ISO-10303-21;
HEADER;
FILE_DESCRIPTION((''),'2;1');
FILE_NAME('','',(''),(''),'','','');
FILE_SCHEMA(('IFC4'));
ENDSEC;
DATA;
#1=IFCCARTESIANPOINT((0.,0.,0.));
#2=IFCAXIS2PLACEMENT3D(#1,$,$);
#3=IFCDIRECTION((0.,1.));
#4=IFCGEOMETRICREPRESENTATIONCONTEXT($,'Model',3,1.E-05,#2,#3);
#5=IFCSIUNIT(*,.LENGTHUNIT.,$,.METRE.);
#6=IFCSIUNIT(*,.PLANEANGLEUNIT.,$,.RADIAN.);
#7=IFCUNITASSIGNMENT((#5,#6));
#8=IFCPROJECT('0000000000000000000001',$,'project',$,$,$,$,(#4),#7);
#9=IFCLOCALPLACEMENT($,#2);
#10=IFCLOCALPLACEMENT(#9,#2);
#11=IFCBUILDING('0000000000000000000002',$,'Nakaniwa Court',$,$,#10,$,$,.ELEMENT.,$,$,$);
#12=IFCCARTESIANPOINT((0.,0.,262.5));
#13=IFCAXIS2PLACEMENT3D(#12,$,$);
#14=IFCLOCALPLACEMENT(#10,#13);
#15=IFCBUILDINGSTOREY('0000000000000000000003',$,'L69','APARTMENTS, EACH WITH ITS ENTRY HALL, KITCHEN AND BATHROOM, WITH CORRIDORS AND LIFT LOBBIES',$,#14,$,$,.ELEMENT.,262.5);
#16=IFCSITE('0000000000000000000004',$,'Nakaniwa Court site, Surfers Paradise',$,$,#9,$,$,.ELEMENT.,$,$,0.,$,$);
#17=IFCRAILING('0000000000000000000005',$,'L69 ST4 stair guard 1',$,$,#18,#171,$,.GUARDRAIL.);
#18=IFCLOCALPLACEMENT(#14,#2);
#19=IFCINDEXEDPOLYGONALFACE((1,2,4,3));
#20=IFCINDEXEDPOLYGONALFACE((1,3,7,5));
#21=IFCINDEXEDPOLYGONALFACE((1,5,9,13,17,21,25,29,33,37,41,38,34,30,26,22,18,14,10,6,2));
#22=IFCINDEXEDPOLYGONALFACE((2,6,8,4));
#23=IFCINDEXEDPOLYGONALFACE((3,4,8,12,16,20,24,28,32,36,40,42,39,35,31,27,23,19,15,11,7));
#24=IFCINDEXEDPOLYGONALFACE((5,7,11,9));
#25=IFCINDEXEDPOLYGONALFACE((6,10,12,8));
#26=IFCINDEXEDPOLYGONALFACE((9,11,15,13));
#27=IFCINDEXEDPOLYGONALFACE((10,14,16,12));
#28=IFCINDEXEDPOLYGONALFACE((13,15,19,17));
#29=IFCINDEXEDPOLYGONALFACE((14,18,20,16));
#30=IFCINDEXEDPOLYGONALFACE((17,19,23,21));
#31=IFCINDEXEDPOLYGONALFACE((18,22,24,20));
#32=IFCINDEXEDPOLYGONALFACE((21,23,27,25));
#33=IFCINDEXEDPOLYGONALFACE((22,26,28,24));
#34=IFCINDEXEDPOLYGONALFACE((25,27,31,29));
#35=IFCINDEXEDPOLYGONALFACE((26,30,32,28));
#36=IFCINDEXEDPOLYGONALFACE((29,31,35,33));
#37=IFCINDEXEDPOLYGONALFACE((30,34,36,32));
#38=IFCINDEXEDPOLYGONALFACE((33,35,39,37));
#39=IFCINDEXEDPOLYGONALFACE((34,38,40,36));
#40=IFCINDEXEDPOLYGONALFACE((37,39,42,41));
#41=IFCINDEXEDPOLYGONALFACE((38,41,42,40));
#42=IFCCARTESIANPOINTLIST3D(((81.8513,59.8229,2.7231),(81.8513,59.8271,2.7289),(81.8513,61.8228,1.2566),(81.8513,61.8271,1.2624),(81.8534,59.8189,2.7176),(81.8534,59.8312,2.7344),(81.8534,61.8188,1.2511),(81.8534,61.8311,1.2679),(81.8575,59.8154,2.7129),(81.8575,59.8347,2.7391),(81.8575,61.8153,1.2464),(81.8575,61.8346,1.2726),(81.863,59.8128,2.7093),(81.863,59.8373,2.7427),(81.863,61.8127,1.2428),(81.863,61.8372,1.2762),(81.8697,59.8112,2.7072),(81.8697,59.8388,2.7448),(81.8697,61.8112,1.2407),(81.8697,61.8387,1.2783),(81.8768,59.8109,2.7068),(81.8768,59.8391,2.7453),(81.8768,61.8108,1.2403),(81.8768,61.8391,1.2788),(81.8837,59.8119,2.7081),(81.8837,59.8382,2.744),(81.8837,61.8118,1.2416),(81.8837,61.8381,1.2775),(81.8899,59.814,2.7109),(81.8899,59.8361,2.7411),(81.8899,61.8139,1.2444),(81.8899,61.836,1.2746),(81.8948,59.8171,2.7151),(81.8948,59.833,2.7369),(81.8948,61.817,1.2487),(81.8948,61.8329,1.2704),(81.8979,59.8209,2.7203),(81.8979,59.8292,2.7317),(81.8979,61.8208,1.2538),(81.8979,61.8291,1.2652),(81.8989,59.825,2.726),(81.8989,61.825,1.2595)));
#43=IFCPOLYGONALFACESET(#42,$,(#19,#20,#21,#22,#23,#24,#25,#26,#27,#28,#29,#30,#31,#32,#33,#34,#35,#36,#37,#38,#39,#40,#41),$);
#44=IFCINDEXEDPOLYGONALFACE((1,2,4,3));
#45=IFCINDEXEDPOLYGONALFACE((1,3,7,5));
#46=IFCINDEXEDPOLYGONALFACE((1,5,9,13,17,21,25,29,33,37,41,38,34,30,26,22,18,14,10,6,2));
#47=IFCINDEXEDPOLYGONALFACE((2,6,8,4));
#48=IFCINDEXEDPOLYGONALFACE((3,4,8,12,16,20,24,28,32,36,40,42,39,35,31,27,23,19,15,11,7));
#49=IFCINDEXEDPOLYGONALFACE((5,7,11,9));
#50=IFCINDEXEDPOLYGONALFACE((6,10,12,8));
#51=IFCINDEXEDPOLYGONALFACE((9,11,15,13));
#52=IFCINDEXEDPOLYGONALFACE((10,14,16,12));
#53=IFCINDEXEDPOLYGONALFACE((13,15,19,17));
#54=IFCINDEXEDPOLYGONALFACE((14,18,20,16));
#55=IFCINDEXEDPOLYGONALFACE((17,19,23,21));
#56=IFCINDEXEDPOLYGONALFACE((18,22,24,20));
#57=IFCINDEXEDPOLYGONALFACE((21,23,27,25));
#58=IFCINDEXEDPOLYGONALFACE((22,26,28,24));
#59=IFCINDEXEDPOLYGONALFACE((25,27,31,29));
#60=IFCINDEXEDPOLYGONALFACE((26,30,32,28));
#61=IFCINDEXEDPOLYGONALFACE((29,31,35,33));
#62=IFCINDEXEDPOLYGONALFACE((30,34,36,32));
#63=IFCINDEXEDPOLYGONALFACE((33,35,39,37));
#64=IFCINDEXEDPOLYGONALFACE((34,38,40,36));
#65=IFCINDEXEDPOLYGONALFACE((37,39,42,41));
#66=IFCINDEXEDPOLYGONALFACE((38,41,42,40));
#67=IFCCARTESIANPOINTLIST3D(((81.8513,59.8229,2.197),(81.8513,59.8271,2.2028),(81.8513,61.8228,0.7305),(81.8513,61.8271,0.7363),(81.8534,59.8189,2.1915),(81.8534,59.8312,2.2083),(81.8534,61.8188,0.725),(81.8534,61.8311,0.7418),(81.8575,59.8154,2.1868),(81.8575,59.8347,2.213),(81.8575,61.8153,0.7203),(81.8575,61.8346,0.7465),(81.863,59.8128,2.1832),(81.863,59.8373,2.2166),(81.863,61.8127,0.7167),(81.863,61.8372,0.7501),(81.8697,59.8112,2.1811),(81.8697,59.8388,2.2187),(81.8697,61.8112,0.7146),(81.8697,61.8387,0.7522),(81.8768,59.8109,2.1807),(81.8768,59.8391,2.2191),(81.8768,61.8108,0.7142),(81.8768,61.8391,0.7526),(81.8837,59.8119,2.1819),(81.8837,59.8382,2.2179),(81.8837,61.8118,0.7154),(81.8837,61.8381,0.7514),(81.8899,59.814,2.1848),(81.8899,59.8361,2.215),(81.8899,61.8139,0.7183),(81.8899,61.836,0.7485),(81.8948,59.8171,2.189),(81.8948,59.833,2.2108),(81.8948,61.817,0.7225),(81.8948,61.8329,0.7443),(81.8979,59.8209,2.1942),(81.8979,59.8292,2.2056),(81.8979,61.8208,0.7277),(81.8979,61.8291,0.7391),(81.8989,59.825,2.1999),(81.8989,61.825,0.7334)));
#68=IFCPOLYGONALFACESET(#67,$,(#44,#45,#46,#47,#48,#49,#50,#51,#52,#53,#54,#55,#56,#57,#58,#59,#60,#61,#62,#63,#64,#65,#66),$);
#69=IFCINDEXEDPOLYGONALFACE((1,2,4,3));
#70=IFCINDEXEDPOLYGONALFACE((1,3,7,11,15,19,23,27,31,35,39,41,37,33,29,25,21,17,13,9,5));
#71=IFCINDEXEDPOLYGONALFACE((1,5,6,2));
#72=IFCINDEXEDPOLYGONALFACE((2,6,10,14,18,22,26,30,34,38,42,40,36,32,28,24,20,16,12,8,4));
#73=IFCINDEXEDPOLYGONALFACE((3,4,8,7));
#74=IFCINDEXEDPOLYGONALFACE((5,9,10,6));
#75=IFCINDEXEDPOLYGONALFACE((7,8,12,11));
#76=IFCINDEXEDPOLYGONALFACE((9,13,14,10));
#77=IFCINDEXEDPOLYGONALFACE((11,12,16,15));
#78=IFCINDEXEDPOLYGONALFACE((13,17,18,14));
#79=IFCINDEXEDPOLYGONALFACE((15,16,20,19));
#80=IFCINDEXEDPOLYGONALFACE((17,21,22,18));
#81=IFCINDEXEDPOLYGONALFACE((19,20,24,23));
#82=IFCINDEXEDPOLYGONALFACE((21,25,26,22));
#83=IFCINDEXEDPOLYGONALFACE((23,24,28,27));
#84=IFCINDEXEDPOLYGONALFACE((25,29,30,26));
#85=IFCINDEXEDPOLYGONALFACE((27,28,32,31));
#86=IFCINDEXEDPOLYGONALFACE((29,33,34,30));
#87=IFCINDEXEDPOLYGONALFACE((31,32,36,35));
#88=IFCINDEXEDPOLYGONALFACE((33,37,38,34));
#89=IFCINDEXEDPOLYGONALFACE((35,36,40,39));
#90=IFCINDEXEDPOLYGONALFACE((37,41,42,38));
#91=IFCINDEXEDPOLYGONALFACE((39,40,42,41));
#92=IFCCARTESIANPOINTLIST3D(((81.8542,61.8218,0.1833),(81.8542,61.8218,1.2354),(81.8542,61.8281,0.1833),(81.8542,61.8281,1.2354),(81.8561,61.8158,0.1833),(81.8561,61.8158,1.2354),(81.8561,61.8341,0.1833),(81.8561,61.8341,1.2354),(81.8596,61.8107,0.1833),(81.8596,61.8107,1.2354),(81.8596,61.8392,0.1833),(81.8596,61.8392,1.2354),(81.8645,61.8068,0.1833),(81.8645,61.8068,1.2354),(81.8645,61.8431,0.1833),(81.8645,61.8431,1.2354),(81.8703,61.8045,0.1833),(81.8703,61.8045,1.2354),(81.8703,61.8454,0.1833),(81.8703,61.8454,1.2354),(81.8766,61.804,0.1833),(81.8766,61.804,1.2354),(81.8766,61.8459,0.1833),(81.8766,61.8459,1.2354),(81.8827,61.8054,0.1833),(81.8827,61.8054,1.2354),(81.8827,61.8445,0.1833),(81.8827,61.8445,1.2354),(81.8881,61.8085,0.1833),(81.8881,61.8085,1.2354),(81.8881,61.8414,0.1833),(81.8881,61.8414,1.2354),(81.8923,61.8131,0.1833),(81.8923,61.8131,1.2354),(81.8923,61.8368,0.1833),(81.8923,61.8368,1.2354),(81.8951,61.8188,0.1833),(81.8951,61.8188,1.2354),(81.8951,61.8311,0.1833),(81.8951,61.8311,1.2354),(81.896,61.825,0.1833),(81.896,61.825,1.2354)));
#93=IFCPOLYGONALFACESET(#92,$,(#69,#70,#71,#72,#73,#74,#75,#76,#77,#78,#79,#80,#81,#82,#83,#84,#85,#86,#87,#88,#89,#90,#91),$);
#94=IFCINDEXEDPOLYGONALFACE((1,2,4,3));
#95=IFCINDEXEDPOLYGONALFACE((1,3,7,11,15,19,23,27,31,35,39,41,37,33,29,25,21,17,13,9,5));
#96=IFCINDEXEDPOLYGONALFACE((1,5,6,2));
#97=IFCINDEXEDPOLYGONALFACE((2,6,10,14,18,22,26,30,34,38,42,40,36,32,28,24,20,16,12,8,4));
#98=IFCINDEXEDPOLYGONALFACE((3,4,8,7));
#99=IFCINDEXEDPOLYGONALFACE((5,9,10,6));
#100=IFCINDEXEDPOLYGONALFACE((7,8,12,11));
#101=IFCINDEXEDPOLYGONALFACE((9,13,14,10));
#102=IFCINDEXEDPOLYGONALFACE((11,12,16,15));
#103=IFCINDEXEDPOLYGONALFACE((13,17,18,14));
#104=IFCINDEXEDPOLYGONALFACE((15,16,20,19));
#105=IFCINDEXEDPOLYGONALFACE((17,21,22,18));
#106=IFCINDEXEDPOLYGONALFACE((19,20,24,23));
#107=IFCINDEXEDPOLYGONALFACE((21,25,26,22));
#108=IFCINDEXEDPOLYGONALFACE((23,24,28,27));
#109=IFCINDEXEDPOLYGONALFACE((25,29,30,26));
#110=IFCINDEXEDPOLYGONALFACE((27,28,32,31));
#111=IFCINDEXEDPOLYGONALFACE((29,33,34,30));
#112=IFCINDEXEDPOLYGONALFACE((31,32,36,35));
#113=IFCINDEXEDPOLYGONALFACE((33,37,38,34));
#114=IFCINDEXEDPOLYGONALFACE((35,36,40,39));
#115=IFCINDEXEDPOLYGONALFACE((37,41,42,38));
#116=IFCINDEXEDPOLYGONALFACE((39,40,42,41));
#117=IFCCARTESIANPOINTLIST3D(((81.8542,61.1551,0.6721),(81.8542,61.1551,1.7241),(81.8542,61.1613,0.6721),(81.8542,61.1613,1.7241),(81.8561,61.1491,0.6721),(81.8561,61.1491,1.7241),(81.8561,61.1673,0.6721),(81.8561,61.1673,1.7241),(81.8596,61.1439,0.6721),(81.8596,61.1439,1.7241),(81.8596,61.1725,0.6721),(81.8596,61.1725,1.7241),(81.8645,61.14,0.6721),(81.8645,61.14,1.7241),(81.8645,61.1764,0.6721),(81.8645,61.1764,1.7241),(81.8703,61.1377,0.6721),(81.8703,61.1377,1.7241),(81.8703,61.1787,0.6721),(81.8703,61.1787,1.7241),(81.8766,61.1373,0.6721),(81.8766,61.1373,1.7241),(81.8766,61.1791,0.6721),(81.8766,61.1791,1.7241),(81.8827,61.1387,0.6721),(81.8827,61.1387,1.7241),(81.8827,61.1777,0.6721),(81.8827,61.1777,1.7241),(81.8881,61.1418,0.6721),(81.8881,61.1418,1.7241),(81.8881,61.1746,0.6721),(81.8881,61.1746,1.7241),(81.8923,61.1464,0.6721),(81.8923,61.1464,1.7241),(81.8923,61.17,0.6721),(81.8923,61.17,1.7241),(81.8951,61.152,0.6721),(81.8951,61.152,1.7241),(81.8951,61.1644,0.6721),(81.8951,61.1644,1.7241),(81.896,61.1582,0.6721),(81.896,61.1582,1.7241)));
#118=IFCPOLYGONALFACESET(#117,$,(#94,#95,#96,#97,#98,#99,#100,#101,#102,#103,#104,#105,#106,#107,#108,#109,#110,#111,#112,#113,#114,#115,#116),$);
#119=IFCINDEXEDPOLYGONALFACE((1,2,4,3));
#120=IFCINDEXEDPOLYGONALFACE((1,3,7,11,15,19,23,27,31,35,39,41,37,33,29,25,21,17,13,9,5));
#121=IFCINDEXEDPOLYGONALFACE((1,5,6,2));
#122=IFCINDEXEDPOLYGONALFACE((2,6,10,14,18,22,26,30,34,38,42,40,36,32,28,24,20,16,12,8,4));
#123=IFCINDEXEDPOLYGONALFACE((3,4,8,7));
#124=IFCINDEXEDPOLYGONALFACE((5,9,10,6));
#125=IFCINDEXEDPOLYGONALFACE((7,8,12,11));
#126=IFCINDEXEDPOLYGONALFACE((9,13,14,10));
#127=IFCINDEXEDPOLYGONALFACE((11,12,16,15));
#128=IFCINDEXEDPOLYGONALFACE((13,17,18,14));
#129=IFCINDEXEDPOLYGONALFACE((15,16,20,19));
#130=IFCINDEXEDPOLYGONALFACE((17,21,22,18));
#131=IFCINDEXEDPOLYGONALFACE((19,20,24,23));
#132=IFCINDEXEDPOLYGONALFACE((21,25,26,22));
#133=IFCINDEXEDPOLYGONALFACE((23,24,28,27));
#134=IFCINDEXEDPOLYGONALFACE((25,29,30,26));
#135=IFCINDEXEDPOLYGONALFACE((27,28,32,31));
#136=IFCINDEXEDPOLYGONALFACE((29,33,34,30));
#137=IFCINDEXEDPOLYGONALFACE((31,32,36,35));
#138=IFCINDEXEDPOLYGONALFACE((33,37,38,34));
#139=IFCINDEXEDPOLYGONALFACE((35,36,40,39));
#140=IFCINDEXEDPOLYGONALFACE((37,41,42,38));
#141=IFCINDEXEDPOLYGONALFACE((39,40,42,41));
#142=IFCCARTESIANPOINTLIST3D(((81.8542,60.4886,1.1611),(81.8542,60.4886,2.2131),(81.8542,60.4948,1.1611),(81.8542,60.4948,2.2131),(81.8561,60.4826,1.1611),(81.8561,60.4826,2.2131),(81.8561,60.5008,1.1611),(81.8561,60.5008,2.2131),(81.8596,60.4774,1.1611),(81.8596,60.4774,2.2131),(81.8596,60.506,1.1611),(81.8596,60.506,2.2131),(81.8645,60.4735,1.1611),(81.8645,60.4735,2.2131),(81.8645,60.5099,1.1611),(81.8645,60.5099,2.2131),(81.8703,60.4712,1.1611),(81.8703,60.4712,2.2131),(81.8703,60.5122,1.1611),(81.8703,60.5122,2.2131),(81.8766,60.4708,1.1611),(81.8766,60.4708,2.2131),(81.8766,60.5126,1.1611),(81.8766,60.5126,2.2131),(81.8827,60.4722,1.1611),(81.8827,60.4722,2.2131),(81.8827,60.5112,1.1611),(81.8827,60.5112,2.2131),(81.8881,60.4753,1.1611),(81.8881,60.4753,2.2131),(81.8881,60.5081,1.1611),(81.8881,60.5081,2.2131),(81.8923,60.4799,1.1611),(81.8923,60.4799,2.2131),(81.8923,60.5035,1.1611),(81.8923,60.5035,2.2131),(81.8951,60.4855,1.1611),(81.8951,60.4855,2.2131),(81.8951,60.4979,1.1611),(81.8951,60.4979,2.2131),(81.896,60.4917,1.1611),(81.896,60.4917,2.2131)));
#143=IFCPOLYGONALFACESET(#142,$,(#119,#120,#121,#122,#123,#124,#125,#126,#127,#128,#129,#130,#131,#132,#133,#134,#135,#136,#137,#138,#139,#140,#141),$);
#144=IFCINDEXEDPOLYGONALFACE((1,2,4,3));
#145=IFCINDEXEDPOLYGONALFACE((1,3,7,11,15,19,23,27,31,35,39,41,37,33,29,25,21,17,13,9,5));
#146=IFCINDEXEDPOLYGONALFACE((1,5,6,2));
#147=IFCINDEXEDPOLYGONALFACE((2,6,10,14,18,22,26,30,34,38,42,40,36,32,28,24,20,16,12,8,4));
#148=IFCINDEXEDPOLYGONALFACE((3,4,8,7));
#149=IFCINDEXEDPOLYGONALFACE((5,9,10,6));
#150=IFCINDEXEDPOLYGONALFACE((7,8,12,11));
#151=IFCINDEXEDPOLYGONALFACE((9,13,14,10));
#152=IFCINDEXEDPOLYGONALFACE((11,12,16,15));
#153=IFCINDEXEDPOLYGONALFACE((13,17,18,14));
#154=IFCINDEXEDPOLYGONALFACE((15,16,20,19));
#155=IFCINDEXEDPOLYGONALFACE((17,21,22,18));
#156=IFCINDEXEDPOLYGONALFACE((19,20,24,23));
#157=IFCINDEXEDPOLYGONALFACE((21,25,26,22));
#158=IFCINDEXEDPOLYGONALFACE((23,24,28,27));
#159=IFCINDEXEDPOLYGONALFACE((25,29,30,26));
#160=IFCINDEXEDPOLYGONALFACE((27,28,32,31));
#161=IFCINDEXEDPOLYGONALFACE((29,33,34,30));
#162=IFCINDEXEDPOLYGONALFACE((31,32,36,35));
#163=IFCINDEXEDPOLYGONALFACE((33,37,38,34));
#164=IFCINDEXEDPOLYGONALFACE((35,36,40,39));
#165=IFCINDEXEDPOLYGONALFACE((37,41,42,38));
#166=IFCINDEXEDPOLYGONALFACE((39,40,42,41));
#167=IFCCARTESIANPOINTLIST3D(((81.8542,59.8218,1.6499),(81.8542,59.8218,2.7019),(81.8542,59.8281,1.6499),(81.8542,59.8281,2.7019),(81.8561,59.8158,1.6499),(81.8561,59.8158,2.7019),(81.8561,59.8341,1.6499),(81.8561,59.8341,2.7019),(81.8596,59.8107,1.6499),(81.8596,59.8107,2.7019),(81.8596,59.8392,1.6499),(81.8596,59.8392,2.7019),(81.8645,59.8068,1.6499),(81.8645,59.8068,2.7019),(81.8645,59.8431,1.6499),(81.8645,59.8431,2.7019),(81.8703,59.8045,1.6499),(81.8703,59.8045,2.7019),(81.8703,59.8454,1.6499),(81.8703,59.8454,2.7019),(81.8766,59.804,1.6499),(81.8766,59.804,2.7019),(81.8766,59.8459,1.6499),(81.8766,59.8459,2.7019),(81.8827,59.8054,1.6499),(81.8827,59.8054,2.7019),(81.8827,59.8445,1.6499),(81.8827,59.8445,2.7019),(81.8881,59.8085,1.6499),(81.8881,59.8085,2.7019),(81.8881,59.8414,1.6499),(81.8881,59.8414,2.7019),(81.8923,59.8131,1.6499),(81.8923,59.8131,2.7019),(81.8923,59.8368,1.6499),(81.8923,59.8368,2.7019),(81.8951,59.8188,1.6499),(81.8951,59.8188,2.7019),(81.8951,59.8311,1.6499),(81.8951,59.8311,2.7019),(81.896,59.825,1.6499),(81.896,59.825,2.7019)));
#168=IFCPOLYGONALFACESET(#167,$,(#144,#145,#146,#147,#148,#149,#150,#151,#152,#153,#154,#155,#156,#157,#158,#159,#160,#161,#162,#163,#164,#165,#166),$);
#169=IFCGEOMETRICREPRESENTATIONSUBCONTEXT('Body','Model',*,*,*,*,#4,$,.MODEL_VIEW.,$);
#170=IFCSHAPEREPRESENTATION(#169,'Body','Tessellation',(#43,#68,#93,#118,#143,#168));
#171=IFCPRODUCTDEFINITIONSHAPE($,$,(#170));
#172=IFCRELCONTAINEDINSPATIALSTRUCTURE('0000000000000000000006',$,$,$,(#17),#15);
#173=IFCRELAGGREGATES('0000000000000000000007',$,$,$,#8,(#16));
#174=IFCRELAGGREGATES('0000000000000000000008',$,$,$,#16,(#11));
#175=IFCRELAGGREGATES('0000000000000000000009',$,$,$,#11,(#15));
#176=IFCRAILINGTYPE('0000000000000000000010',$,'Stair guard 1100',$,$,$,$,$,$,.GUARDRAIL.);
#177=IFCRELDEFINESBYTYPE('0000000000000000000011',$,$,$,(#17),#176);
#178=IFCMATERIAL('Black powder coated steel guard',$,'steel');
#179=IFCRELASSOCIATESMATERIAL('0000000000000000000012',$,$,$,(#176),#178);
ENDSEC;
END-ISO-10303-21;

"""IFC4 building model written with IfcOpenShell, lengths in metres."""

from ifc_helpers import new_model, si_unit, direction, frame, origin, origin_2d, place, context, subcontext, project, spatial, circle, extrude, material, type_object, element, save


model = new_model("IFC4")

# Units and contexts
model_context = context("Model", 3, precision=1e-05, world=origin(), true_north=direction((0.0, 1.0)))
body_context = subcontext(model_context, "Body", "Model", "MODEL_VIEW")
ifc_project = project(units=[si_unit("LENGTHUNIT", "METRE"), si_unit("PLANEANGLEUNIT", "RADIAN")], contexts=[model_context])

# Site, building, storey
site_placement = place(None, origin())
site = spatial("IfcSite", under=ifc_project, at=site_placement, Name="Nakaniwa Court site, Surfers Paradise", CompositionType="ELEMENT", RefElevation=0.0)
building_placement = place(site_placement, origin())
building = spatial("IfcBuilding", under=site, at=building_placement, Name="Nakaniwa Court", CompositionType="ELEMENT")
storey_placement = place(building_placement, frame((0.0, 0.0, 262.5)))
storey = spatial("IfcBuildingStorey", under=building, at=storey_placement, Name="L69", Description="APARTMENTS, EACH WITH ITS ENTRY HALL, KITCHEN AND BATHROOM, WITH CORRIDORS AND LIFT LOBBIES", CompositionType="ELEMENT", Elevation=262.5)

# Railing
ifc_material_1 = material(Name="Black powder coated steel guard", Category="steel")
railing_type_1 = type_object("IfcRailingType", Name="Stair guard 1100", PredefinedType="GUARDRAIL", material=ifc_material_1)
railing_1_placement = place(storey_placement, frame((81.875, 61.825, 0.1833)))
element("IfcRailing", 1, at=railing_1_placement, inside=storey, type_object=railing_type_1, Name="L69 ST4 stair guard 1", PredefinedType="GUARDRAIL", context=body_context, shape_type="SweptSolid", body=[
    extrude(circle(Radius=0.0239, at=origin_2d()), frame((0.0, 0.0, 1.0762), z_axis=(0.0, -0.806427, 0.591334), x_axis=(1.0, 0.0, 0.0)), (0.0, 0.0, 1.0), 2.48),
    extrude(circle(Radius=0.0239, at=origin_2d()), frame((0.0, 0.0, 0.55), z_axis=(0.0, -0.806427, 0.591334), x_axis=(1.0, 0.0, 0.0)), (0.0, 0.0, 1.0), 2.48),
    extrude(circle(Radius=0.021, at=origin_2d()), origin(), (0.0, 0.0, 1.0), 1.052),
    extrude(circle(Radius=0.021, at=origin_2d()), frame((0.0, -0.6667, 0.4888)), (0.0, 0.0, 1.0), 1.052),
    extrude(circle(Radius=0.021, at=origin_2d()), frame((0.0, -1.3333, 0.9778)), (0.0, 0.0, 1.0), 1.052),
    extrude(circle(Radius=0.021, at=origin_2d()), frame((0.0, -2.0, 1.4666)), (0.0, 0.0, 1.0), 1.052),
])

save(model, "model.ifc")
